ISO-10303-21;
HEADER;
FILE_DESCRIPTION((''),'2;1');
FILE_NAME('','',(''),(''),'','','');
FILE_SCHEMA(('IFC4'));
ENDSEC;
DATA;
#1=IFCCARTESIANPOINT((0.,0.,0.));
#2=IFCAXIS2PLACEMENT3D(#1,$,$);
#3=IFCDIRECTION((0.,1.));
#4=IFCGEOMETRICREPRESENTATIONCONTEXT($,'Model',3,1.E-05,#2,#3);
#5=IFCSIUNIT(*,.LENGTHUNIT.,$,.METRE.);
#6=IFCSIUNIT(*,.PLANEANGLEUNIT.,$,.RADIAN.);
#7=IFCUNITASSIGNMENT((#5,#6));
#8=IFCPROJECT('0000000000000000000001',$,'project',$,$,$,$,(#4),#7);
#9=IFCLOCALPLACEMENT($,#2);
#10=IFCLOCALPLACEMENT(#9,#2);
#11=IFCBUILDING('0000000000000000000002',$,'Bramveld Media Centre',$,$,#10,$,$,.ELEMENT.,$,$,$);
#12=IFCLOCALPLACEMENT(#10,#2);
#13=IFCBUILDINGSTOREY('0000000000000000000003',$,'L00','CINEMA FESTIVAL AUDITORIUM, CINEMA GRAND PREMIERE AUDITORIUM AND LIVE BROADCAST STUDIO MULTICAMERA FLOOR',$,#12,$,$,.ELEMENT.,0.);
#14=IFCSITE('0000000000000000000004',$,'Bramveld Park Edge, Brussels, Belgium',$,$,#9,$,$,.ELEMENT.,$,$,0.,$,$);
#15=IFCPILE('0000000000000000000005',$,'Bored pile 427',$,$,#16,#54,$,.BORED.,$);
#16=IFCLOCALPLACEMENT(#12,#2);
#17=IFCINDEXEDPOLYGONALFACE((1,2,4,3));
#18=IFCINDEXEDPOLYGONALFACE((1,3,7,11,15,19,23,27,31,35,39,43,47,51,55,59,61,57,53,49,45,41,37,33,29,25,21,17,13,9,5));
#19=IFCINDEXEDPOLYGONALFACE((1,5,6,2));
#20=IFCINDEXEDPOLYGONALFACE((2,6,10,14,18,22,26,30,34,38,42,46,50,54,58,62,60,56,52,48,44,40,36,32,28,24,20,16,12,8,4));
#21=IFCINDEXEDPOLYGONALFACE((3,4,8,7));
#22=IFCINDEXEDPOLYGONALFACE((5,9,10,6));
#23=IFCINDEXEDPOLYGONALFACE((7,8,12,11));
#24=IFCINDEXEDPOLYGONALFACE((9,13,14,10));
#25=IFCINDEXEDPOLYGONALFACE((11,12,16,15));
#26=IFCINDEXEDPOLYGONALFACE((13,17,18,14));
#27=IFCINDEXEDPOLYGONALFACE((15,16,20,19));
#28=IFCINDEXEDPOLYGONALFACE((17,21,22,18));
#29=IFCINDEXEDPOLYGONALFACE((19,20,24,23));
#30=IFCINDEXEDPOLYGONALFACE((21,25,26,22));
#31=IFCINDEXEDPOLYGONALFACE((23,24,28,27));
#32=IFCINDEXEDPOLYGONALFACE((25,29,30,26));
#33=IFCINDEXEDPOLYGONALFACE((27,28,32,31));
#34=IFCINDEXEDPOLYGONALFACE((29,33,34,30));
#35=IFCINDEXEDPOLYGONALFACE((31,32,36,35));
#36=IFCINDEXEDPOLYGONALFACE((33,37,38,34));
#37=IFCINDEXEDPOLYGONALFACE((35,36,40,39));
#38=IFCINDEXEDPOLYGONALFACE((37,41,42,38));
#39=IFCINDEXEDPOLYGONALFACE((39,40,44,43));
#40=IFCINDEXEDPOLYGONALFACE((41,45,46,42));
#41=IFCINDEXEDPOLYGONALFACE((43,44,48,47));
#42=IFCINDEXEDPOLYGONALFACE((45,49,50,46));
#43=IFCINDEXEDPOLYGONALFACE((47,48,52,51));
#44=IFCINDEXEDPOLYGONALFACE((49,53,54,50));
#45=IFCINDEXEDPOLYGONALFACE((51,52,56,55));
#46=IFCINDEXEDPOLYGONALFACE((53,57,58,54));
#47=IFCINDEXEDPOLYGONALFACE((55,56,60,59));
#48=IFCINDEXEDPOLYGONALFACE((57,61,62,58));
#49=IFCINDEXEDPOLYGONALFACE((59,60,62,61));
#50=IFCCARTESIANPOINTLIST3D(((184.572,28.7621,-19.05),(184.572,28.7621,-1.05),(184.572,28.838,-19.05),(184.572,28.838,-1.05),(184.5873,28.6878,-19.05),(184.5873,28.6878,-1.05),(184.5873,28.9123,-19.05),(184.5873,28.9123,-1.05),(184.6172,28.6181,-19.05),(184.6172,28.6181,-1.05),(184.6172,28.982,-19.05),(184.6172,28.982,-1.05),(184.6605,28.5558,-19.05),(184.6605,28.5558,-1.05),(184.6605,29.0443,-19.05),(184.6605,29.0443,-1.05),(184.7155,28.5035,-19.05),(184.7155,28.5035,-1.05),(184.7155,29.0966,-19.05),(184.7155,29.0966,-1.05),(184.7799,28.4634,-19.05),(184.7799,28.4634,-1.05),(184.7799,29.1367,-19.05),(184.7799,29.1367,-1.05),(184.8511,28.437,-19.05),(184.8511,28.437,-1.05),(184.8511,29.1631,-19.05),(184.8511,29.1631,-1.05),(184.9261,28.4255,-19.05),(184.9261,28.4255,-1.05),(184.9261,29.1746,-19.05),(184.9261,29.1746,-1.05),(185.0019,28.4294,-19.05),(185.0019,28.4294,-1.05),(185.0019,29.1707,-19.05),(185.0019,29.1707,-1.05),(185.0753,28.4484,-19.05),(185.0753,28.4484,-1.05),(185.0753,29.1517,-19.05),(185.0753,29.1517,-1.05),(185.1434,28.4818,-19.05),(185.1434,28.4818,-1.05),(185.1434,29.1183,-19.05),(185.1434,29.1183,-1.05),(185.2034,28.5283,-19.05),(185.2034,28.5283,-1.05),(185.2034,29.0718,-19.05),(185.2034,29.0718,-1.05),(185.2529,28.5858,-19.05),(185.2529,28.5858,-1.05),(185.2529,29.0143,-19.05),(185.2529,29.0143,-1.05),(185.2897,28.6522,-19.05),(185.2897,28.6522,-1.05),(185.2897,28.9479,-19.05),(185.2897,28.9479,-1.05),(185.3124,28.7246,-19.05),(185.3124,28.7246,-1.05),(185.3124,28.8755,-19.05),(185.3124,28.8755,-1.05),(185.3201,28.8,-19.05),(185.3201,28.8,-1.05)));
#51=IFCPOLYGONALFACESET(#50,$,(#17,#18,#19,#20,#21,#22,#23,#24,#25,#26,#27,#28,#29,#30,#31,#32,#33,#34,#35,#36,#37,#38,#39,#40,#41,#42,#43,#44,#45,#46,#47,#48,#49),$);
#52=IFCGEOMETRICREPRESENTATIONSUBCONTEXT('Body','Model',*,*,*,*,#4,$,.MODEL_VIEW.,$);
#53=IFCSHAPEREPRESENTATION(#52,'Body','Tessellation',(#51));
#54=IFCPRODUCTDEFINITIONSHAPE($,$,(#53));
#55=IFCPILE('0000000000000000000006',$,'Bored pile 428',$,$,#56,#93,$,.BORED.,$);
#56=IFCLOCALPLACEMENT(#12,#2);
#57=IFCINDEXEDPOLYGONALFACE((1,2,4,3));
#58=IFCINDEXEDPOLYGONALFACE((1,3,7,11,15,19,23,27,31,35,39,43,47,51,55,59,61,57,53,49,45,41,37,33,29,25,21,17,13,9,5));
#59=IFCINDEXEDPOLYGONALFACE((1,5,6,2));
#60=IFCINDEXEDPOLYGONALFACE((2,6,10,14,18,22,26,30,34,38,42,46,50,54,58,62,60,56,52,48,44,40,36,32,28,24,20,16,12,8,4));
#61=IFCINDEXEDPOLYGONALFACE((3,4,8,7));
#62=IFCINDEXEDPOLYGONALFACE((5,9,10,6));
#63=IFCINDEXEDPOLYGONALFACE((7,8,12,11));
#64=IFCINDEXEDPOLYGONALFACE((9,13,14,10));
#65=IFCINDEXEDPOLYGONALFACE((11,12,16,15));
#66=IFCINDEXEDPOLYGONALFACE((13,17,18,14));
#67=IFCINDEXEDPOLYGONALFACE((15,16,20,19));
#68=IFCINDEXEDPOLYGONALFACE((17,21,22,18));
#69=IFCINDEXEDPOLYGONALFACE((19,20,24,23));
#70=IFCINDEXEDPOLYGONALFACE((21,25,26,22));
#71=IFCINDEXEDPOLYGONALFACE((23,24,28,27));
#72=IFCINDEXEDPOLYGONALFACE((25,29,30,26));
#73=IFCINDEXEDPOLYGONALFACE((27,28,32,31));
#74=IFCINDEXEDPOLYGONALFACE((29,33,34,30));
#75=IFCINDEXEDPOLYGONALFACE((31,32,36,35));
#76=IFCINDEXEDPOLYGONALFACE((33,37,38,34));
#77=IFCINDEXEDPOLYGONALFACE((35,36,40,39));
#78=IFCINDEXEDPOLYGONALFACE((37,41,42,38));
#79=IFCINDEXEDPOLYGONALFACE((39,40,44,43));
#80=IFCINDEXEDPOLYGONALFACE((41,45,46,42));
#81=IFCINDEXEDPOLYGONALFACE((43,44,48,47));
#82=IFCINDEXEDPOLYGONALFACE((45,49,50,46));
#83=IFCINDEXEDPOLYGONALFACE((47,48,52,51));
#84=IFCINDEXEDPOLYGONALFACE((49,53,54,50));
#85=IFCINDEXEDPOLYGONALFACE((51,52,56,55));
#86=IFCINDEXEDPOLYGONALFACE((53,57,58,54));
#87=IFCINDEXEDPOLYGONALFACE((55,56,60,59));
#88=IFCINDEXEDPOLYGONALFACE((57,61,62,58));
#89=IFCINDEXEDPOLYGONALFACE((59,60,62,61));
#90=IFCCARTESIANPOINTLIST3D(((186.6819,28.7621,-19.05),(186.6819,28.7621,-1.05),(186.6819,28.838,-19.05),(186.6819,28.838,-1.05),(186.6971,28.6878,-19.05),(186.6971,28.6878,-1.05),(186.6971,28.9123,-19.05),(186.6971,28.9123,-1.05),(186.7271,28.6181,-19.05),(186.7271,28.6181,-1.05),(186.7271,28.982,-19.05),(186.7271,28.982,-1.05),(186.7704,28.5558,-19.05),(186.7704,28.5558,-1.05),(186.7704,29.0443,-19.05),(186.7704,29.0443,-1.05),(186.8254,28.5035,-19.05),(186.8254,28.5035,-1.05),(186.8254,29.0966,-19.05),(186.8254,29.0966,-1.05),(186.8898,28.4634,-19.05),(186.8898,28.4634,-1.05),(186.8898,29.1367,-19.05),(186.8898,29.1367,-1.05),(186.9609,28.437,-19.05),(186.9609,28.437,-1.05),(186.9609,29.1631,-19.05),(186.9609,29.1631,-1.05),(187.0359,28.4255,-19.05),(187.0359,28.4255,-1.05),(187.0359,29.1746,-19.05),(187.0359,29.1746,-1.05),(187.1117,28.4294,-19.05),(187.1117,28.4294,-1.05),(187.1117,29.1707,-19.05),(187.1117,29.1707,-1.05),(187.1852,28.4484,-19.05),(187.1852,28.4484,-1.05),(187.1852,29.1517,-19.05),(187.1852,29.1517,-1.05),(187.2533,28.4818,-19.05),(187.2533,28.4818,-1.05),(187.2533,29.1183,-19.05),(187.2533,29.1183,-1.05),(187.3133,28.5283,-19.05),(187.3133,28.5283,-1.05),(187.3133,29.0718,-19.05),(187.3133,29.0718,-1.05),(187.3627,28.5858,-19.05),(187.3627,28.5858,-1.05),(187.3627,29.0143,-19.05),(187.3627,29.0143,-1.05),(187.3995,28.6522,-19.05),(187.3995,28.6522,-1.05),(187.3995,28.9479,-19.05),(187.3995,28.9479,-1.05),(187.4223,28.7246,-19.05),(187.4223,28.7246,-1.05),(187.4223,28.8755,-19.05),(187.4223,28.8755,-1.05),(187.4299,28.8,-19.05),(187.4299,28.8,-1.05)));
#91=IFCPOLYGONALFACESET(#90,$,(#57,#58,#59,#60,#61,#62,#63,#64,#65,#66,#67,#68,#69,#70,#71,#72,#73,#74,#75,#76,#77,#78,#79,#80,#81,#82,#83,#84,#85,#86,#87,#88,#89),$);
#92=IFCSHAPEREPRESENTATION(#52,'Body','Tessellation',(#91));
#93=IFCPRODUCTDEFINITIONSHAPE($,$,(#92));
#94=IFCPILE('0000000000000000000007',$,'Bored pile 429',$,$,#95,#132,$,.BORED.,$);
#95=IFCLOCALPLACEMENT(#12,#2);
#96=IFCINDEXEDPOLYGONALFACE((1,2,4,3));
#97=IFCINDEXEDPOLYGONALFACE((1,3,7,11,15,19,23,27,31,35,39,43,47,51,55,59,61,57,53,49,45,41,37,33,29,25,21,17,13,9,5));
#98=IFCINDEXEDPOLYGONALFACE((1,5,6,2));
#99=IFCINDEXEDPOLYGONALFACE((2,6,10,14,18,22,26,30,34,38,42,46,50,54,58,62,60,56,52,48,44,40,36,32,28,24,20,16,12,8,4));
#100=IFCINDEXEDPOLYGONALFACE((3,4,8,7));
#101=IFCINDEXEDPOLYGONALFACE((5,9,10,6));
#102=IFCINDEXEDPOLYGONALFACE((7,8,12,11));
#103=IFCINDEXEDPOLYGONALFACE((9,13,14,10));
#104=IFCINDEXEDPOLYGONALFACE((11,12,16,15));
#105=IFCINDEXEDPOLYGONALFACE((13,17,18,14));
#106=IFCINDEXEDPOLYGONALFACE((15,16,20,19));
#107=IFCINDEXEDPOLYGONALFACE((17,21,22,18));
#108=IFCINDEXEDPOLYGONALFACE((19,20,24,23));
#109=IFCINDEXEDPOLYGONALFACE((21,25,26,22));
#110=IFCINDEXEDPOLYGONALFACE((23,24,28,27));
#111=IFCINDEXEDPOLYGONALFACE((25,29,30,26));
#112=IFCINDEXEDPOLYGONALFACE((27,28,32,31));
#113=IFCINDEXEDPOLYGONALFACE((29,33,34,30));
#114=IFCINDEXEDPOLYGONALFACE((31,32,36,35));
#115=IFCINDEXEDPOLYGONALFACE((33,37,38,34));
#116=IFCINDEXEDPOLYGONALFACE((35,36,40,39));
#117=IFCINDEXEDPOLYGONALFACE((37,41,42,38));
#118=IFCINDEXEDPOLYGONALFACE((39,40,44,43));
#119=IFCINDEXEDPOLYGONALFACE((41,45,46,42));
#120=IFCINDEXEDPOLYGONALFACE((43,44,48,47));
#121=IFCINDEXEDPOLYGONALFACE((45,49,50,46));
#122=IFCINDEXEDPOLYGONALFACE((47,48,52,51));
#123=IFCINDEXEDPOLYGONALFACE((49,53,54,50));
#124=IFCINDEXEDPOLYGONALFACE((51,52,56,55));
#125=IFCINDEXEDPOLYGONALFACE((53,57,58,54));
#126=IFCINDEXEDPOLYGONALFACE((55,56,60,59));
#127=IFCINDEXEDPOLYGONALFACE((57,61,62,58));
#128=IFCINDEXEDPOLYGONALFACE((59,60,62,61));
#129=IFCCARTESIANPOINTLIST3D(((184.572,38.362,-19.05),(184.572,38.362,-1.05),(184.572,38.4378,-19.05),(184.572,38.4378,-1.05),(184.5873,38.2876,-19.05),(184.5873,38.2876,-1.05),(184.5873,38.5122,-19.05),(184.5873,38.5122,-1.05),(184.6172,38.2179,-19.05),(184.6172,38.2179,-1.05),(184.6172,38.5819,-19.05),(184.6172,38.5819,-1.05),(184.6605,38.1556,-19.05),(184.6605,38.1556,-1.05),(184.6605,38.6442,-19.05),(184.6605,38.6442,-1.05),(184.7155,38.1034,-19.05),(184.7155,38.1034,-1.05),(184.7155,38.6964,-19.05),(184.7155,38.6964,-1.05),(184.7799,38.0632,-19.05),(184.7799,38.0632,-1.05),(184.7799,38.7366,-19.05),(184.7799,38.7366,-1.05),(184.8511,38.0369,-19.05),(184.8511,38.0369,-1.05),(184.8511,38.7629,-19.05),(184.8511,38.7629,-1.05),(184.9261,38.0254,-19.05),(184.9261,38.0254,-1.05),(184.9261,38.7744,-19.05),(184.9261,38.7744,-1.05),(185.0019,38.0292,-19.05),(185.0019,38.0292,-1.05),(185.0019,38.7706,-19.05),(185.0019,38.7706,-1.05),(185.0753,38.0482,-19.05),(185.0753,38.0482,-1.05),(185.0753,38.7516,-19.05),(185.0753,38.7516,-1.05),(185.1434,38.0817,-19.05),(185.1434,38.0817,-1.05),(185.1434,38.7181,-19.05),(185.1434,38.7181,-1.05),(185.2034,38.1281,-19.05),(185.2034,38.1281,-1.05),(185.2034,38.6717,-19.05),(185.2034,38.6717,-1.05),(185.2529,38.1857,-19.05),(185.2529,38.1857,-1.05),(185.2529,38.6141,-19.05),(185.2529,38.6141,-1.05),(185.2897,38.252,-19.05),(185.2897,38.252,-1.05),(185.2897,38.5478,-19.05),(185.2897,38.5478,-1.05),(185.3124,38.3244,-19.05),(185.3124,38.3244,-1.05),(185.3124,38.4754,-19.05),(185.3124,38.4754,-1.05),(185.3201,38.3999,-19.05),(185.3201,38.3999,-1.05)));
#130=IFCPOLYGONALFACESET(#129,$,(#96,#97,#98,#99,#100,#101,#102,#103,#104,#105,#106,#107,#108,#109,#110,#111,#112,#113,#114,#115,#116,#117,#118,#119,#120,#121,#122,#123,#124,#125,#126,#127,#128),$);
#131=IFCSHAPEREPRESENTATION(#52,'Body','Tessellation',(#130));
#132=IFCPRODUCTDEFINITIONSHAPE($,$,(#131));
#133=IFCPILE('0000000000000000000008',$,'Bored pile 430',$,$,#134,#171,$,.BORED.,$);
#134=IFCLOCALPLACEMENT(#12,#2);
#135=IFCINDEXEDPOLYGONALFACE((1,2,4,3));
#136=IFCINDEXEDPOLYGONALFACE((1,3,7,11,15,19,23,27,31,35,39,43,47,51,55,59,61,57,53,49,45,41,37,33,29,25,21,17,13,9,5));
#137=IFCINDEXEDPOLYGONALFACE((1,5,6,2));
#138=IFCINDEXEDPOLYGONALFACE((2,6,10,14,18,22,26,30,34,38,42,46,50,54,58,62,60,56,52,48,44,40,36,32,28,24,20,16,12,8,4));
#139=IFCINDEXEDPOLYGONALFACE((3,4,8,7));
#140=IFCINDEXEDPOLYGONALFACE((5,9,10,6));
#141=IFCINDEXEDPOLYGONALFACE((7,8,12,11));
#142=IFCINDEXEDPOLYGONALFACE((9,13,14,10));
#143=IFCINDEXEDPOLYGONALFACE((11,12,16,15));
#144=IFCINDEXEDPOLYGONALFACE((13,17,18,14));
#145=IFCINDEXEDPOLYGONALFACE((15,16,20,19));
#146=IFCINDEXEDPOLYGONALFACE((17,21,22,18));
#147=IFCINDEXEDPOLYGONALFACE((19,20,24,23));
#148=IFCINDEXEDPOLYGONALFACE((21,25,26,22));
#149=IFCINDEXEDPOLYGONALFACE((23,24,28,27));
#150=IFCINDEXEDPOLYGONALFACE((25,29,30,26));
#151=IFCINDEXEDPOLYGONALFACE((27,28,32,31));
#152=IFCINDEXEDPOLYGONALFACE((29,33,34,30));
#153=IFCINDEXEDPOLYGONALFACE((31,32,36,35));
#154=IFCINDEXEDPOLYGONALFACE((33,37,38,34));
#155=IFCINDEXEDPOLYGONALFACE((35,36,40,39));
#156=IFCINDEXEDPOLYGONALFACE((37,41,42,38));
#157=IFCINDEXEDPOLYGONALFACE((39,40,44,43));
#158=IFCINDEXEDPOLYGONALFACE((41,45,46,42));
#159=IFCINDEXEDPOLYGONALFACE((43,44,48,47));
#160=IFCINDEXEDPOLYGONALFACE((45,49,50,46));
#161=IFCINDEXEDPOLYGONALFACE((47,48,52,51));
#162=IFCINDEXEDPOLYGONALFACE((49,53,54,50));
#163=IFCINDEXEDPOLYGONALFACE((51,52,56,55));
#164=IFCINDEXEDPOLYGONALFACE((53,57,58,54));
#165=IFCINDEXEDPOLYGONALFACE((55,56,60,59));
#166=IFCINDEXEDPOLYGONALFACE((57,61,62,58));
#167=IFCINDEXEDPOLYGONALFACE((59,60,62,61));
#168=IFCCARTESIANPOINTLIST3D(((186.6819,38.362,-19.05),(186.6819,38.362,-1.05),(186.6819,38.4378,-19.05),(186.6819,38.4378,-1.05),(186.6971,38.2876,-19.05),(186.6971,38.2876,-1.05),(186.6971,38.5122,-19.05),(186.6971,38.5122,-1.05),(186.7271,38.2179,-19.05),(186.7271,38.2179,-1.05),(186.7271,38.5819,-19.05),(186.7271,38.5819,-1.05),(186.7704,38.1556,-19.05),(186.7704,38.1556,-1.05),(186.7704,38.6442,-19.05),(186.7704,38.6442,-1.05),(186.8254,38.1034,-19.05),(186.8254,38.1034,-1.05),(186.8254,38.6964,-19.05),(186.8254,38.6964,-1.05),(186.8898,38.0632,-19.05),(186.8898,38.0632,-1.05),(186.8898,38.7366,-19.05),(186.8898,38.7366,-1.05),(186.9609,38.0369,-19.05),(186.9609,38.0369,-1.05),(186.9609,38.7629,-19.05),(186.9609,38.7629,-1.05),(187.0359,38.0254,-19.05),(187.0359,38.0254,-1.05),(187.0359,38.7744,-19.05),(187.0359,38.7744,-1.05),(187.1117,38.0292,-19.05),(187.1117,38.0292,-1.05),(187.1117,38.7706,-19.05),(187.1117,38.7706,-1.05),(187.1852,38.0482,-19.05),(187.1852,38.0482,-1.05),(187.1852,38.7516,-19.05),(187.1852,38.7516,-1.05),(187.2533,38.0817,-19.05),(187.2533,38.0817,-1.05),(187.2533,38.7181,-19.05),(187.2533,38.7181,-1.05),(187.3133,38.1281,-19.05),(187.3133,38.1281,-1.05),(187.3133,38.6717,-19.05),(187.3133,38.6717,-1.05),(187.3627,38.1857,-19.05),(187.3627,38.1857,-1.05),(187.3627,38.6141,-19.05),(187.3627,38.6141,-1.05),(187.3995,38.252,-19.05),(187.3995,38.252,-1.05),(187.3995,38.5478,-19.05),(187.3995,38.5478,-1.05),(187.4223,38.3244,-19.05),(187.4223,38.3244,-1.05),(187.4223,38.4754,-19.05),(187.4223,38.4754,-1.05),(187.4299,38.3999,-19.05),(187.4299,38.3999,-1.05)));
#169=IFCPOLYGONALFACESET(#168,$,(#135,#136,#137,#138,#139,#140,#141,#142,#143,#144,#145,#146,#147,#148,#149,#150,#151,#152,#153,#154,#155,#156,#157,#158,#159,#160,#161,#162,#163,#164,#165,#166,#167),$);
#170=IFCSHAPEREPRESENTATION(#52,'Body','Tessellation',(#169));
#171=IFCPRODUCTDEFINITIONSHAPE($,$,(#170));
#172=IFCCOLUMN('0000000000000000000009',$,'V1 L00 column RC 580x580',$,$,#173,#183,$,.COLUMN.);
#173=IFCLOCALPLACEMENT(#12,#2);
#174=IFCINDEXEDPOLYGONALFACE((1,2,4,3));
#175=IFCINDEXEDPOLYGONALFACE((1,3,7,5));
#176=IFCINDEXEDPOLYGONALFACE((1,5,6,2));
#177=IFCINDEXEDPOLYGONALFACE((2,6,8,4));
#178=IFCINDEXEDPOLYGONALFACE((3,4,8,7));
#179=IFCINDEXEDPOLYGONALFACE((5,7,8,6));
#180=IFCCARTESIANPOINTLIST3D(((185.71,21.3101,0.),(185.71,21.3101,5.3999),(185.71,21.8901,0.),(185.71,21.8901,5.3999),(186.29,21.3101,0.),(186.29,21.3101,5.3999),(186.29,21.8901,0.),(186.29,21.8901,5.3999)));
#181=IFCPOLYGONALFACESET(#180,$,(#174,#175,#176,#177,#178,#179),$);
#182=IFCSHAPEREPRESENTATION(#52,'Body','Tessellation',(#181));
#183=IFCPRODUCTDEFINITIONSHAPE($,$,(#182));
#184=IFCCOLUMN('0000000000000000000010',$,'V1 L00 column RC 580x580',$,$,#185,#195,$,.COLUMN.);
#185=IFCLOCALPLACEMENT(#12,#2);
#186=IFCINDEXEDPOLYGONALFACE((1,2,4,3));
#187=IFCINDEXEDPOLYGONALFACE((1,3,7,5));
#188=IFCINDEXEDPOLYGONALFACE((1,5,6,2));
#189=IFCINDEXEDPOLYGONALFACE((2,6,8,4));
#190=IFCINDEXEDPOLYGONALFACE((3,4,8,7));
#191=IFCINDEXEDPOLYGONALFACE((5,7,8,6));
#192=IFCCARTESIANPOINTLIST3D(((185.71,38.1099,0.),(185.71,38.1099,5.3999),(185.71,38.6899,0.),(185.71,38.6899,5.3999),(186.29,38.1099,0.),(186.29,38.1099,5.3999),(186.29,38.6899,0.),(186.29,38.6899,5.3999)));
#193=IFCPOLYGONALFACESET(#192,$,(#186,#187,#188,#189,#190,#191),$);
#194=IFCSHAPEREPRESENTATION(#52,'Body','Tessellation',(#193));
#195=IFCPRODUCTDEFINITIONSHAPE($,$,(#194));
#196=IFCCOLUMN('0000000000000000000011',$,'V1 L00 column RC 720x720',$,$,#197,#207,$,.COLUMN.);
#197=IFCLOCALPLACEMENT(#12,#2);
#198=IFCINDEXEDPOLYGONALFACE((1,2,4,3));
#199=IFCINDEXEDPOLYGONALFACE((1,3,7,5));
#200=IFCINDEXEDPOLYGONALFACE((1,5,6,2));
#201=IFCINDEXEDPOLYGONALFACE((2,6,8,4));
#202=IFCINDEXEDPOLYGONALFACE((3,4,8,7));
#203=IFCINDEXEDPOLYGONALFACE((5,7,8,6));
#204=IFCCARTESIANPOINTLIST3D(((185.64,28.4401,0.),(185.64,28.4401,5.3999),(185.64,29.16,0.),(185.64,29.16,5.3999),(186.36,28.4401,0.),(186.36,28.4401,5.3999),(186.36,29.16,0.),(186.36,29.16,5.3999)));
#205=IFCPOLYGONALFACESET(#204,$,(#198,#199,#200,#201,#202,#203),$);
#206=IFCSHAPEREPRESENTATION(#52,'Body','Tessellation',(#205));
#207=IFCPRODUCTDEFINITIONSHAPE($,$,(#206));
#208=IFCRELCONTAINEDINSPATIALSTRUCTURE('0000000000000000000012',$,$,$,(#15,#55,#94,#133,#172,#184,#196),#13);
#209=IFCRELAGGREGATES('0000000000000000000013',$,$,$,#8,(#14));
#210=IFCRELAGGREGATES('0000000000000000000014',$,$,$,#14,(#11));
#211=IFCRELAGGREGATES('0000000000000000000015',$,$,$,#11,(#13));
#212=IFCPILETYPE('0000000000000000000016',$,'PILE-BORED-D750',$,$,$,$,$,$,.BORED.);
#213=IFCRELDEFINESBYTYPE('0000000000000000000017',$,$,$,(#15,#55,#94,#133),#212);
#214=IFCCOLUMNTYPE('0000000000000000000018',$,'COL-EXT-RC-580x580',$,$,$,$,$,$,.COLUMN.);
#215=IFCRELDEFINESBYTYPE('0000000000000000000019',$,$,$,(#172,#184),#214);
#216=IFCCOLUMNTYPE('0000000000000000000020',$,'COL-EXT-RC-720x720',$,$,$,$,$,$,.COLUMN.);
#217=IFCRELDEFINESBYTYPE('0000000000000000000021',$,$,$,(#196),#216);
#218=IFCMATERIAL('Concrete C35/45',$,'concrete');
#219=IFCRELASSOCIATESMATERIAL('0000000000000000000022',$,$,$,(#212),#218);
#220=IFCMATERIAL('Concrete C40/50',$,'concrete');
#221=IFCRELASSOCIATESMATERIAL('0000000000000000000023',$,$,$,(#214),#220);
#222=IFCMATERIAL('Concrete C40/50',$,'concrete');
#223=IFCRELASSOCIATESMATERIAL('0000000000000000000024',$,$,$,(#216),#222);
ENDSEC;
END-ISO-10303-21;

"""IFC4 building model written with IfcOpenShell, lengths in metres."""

from ifc_helpers import new_model, si_unit, direction, frame, origin, origin_2d, place, context, subcontext, project, spatial, rectangle, circle, extrude, material, material_profile, profile_set, type_object, element, save


model = new_model("IFC4")

# Units and contexts
model_context = context("Model", 3, precision=1e-05, world=origin(), true_north=direction((0.0, 1.0)))
body_context = subcontext(model_context, "Body", "Model", "MODEL_VIEW")
ifc_project = project(units=[si_unit("LENGTHUNIT", "METRE"), si_unit("PLANEANGLEUNIT", "RADIAN")], contexts=[model_context])

# Site, building, storey
site_placement = place(None, origin())
site = spatial("IfcSite", under=ifc_project, at=site_placement, Name="Bramveld Park Edge, Brussels, Belgium", CompositionType="ELEMENT", RefElevation=0.0)
building_placement = place(site_placement, origin())
building = spatial("IfcBuilding", under=site, at=building_placement, Name="Bramveld Media Centre", CompositionType="ELEMENT")
storey_placement = place(building_placement, origin())
storey = spatial("IfcBuildingStorey", under=building, at=storey_placement, Name="L00", Description="CINEMA FESTIVAL AUDITORIUM, CINEMA GRAND PREMIERE AUDITORIUM AND LIVE BROADCAST STUDIO MULTICAMERA FLOOR", CompositionType="ELEMENT", Elevation=0.0)

# Piles
ifc_material_1 = material(Name="Concrete C35/45", Category="concrete")
ifc_material_profile_1 = material_profile(ifc_material_1, circle(Radius=0.375, at=origin_2d()), Name="BORED D750")
ifc_profile_set_1 = profile_set([ifc_material_profile_1], Name="Concrete C35/45")
pile_type = type_object("IfcPileType", Name="PILE-BORED-D750", PredefinedType="BORED", material=ifc_profile_set_1)
for number, where, z_axis, x_axis, name in (
    (1, (184.9451, 28.8, -1.05), (0.0, 0.0, -1.0), (1.0, 0.0, 0.0), "Bored pile 427"),
    (2, (187.0549, 28.8, -1.05), (0.0, 0.0, -1.0), (1.0, 0.0, 0.0), "Bored pile 428"),
    (3, (184.9451, 38.3999, -1.05), (0.0, 0.0, -1.0), (1.0, 0.0, 0.0), "Bored pile 429"),
    (4, (187.0549, 38.3999, -1.05), (0.0, 0.0, -1.0), (1.0, 0.0, 0.0), "Bored pile 430"),
):
    element("IfcPile", number, at=place(storey_placement, frame(where, z_axis=z_axis, x_axis=x_axis)), inside=storey, type_object=pile_type, Name=name, PredefinedType="BORED", context=body_context, shape_type="SweptSolid", body=[
        extrude(circle(Radius=0.375, at=origin_2d()), origin(), (0.0, 0.0, 1.0), 18.0),
    ])

# Columns
ifc_material_2 = material(Name="Concrete C40/50", Category="concrete")
ifc_material_profile_2 = material_profile(ifc_material_2, rectangle(XDim=0.5801, YDim=0.5801, at=origin_2d()), Name="RC 580x580")
ifc_profile_set_2 = profile_set([ifc_material_profile_2], Name="Concrete C40/50")
column_type_1 = type_object("IfcColumnType", Name="COL-EXT-RC-580x580", PredefinedType="COLUMN", material=ifc_profile_set_2)
for number, where, z_axis, x_axis, name in (
    (5, (186.0, 21.6001, 0.0), (0.0, 0.0, 1.0), (1.0, 0.0, 0.0), "V1 L00 column RC 580x580"),
    (6, (186.0, 38.3999, 0.0), (0.0, 0.0, 1.0), (1.0, 0.0, 0.0), "V1 L00 column RC 580x580"),
):
    element("IfcColumn", number, at=place(storey_placement, frame(where, z_axis=z_axis, x_axis=x_axis)), inside=storey, type_object=column_type_1, Name=name, PredefinedType="COLUMN", context=body_context, shape_type="SweptSolid", body=[
        extrude(rectangle(XDim=0.5801, YDim=0.5801, at=origin_2d()), origin(), (0.0, 0.0, 1.0), 5.3999),
    ])
ifc_material_3 = material(Name="Concrete C40/50", Category="concrete")
ifc_material_profile_3 = material_profile(ifc_material_3, rectangle(XDim=0.72, YDim=0.72, at=origin_2d()), Name="RC 720x720")
ifc_profile_set_3 = profile_set([ifc_material_profile_3], Name="Concrete C40/50")
column_type_2 = type_object("IfcColumnType", Name="COL-EXT-RC-720x720", PredefinedType="COLUMN", material=ifc_profile_set_3)
column_placement = place(storey_placement, frame((186.0, 28.8, 0.0), z_axis=(0.0, 0.0, 1.0), x_axis=(1.0, 0.0, 0.0)))
element("IfcColumn", 7, at=column_placement, inside=storey, type_object=column_type_2, Name="V1 L00 column RC 720x720", PredefinedType="COLUMN", context=body_context, shape_type="SweptSolid", body=[
    extrude(rectangle(XDim=0.72, YDim=0.72, at=origin_2d()), origin(), (0.0, 0.0, 1.0), 5.3999),
])

save(model, "model.ifc")
